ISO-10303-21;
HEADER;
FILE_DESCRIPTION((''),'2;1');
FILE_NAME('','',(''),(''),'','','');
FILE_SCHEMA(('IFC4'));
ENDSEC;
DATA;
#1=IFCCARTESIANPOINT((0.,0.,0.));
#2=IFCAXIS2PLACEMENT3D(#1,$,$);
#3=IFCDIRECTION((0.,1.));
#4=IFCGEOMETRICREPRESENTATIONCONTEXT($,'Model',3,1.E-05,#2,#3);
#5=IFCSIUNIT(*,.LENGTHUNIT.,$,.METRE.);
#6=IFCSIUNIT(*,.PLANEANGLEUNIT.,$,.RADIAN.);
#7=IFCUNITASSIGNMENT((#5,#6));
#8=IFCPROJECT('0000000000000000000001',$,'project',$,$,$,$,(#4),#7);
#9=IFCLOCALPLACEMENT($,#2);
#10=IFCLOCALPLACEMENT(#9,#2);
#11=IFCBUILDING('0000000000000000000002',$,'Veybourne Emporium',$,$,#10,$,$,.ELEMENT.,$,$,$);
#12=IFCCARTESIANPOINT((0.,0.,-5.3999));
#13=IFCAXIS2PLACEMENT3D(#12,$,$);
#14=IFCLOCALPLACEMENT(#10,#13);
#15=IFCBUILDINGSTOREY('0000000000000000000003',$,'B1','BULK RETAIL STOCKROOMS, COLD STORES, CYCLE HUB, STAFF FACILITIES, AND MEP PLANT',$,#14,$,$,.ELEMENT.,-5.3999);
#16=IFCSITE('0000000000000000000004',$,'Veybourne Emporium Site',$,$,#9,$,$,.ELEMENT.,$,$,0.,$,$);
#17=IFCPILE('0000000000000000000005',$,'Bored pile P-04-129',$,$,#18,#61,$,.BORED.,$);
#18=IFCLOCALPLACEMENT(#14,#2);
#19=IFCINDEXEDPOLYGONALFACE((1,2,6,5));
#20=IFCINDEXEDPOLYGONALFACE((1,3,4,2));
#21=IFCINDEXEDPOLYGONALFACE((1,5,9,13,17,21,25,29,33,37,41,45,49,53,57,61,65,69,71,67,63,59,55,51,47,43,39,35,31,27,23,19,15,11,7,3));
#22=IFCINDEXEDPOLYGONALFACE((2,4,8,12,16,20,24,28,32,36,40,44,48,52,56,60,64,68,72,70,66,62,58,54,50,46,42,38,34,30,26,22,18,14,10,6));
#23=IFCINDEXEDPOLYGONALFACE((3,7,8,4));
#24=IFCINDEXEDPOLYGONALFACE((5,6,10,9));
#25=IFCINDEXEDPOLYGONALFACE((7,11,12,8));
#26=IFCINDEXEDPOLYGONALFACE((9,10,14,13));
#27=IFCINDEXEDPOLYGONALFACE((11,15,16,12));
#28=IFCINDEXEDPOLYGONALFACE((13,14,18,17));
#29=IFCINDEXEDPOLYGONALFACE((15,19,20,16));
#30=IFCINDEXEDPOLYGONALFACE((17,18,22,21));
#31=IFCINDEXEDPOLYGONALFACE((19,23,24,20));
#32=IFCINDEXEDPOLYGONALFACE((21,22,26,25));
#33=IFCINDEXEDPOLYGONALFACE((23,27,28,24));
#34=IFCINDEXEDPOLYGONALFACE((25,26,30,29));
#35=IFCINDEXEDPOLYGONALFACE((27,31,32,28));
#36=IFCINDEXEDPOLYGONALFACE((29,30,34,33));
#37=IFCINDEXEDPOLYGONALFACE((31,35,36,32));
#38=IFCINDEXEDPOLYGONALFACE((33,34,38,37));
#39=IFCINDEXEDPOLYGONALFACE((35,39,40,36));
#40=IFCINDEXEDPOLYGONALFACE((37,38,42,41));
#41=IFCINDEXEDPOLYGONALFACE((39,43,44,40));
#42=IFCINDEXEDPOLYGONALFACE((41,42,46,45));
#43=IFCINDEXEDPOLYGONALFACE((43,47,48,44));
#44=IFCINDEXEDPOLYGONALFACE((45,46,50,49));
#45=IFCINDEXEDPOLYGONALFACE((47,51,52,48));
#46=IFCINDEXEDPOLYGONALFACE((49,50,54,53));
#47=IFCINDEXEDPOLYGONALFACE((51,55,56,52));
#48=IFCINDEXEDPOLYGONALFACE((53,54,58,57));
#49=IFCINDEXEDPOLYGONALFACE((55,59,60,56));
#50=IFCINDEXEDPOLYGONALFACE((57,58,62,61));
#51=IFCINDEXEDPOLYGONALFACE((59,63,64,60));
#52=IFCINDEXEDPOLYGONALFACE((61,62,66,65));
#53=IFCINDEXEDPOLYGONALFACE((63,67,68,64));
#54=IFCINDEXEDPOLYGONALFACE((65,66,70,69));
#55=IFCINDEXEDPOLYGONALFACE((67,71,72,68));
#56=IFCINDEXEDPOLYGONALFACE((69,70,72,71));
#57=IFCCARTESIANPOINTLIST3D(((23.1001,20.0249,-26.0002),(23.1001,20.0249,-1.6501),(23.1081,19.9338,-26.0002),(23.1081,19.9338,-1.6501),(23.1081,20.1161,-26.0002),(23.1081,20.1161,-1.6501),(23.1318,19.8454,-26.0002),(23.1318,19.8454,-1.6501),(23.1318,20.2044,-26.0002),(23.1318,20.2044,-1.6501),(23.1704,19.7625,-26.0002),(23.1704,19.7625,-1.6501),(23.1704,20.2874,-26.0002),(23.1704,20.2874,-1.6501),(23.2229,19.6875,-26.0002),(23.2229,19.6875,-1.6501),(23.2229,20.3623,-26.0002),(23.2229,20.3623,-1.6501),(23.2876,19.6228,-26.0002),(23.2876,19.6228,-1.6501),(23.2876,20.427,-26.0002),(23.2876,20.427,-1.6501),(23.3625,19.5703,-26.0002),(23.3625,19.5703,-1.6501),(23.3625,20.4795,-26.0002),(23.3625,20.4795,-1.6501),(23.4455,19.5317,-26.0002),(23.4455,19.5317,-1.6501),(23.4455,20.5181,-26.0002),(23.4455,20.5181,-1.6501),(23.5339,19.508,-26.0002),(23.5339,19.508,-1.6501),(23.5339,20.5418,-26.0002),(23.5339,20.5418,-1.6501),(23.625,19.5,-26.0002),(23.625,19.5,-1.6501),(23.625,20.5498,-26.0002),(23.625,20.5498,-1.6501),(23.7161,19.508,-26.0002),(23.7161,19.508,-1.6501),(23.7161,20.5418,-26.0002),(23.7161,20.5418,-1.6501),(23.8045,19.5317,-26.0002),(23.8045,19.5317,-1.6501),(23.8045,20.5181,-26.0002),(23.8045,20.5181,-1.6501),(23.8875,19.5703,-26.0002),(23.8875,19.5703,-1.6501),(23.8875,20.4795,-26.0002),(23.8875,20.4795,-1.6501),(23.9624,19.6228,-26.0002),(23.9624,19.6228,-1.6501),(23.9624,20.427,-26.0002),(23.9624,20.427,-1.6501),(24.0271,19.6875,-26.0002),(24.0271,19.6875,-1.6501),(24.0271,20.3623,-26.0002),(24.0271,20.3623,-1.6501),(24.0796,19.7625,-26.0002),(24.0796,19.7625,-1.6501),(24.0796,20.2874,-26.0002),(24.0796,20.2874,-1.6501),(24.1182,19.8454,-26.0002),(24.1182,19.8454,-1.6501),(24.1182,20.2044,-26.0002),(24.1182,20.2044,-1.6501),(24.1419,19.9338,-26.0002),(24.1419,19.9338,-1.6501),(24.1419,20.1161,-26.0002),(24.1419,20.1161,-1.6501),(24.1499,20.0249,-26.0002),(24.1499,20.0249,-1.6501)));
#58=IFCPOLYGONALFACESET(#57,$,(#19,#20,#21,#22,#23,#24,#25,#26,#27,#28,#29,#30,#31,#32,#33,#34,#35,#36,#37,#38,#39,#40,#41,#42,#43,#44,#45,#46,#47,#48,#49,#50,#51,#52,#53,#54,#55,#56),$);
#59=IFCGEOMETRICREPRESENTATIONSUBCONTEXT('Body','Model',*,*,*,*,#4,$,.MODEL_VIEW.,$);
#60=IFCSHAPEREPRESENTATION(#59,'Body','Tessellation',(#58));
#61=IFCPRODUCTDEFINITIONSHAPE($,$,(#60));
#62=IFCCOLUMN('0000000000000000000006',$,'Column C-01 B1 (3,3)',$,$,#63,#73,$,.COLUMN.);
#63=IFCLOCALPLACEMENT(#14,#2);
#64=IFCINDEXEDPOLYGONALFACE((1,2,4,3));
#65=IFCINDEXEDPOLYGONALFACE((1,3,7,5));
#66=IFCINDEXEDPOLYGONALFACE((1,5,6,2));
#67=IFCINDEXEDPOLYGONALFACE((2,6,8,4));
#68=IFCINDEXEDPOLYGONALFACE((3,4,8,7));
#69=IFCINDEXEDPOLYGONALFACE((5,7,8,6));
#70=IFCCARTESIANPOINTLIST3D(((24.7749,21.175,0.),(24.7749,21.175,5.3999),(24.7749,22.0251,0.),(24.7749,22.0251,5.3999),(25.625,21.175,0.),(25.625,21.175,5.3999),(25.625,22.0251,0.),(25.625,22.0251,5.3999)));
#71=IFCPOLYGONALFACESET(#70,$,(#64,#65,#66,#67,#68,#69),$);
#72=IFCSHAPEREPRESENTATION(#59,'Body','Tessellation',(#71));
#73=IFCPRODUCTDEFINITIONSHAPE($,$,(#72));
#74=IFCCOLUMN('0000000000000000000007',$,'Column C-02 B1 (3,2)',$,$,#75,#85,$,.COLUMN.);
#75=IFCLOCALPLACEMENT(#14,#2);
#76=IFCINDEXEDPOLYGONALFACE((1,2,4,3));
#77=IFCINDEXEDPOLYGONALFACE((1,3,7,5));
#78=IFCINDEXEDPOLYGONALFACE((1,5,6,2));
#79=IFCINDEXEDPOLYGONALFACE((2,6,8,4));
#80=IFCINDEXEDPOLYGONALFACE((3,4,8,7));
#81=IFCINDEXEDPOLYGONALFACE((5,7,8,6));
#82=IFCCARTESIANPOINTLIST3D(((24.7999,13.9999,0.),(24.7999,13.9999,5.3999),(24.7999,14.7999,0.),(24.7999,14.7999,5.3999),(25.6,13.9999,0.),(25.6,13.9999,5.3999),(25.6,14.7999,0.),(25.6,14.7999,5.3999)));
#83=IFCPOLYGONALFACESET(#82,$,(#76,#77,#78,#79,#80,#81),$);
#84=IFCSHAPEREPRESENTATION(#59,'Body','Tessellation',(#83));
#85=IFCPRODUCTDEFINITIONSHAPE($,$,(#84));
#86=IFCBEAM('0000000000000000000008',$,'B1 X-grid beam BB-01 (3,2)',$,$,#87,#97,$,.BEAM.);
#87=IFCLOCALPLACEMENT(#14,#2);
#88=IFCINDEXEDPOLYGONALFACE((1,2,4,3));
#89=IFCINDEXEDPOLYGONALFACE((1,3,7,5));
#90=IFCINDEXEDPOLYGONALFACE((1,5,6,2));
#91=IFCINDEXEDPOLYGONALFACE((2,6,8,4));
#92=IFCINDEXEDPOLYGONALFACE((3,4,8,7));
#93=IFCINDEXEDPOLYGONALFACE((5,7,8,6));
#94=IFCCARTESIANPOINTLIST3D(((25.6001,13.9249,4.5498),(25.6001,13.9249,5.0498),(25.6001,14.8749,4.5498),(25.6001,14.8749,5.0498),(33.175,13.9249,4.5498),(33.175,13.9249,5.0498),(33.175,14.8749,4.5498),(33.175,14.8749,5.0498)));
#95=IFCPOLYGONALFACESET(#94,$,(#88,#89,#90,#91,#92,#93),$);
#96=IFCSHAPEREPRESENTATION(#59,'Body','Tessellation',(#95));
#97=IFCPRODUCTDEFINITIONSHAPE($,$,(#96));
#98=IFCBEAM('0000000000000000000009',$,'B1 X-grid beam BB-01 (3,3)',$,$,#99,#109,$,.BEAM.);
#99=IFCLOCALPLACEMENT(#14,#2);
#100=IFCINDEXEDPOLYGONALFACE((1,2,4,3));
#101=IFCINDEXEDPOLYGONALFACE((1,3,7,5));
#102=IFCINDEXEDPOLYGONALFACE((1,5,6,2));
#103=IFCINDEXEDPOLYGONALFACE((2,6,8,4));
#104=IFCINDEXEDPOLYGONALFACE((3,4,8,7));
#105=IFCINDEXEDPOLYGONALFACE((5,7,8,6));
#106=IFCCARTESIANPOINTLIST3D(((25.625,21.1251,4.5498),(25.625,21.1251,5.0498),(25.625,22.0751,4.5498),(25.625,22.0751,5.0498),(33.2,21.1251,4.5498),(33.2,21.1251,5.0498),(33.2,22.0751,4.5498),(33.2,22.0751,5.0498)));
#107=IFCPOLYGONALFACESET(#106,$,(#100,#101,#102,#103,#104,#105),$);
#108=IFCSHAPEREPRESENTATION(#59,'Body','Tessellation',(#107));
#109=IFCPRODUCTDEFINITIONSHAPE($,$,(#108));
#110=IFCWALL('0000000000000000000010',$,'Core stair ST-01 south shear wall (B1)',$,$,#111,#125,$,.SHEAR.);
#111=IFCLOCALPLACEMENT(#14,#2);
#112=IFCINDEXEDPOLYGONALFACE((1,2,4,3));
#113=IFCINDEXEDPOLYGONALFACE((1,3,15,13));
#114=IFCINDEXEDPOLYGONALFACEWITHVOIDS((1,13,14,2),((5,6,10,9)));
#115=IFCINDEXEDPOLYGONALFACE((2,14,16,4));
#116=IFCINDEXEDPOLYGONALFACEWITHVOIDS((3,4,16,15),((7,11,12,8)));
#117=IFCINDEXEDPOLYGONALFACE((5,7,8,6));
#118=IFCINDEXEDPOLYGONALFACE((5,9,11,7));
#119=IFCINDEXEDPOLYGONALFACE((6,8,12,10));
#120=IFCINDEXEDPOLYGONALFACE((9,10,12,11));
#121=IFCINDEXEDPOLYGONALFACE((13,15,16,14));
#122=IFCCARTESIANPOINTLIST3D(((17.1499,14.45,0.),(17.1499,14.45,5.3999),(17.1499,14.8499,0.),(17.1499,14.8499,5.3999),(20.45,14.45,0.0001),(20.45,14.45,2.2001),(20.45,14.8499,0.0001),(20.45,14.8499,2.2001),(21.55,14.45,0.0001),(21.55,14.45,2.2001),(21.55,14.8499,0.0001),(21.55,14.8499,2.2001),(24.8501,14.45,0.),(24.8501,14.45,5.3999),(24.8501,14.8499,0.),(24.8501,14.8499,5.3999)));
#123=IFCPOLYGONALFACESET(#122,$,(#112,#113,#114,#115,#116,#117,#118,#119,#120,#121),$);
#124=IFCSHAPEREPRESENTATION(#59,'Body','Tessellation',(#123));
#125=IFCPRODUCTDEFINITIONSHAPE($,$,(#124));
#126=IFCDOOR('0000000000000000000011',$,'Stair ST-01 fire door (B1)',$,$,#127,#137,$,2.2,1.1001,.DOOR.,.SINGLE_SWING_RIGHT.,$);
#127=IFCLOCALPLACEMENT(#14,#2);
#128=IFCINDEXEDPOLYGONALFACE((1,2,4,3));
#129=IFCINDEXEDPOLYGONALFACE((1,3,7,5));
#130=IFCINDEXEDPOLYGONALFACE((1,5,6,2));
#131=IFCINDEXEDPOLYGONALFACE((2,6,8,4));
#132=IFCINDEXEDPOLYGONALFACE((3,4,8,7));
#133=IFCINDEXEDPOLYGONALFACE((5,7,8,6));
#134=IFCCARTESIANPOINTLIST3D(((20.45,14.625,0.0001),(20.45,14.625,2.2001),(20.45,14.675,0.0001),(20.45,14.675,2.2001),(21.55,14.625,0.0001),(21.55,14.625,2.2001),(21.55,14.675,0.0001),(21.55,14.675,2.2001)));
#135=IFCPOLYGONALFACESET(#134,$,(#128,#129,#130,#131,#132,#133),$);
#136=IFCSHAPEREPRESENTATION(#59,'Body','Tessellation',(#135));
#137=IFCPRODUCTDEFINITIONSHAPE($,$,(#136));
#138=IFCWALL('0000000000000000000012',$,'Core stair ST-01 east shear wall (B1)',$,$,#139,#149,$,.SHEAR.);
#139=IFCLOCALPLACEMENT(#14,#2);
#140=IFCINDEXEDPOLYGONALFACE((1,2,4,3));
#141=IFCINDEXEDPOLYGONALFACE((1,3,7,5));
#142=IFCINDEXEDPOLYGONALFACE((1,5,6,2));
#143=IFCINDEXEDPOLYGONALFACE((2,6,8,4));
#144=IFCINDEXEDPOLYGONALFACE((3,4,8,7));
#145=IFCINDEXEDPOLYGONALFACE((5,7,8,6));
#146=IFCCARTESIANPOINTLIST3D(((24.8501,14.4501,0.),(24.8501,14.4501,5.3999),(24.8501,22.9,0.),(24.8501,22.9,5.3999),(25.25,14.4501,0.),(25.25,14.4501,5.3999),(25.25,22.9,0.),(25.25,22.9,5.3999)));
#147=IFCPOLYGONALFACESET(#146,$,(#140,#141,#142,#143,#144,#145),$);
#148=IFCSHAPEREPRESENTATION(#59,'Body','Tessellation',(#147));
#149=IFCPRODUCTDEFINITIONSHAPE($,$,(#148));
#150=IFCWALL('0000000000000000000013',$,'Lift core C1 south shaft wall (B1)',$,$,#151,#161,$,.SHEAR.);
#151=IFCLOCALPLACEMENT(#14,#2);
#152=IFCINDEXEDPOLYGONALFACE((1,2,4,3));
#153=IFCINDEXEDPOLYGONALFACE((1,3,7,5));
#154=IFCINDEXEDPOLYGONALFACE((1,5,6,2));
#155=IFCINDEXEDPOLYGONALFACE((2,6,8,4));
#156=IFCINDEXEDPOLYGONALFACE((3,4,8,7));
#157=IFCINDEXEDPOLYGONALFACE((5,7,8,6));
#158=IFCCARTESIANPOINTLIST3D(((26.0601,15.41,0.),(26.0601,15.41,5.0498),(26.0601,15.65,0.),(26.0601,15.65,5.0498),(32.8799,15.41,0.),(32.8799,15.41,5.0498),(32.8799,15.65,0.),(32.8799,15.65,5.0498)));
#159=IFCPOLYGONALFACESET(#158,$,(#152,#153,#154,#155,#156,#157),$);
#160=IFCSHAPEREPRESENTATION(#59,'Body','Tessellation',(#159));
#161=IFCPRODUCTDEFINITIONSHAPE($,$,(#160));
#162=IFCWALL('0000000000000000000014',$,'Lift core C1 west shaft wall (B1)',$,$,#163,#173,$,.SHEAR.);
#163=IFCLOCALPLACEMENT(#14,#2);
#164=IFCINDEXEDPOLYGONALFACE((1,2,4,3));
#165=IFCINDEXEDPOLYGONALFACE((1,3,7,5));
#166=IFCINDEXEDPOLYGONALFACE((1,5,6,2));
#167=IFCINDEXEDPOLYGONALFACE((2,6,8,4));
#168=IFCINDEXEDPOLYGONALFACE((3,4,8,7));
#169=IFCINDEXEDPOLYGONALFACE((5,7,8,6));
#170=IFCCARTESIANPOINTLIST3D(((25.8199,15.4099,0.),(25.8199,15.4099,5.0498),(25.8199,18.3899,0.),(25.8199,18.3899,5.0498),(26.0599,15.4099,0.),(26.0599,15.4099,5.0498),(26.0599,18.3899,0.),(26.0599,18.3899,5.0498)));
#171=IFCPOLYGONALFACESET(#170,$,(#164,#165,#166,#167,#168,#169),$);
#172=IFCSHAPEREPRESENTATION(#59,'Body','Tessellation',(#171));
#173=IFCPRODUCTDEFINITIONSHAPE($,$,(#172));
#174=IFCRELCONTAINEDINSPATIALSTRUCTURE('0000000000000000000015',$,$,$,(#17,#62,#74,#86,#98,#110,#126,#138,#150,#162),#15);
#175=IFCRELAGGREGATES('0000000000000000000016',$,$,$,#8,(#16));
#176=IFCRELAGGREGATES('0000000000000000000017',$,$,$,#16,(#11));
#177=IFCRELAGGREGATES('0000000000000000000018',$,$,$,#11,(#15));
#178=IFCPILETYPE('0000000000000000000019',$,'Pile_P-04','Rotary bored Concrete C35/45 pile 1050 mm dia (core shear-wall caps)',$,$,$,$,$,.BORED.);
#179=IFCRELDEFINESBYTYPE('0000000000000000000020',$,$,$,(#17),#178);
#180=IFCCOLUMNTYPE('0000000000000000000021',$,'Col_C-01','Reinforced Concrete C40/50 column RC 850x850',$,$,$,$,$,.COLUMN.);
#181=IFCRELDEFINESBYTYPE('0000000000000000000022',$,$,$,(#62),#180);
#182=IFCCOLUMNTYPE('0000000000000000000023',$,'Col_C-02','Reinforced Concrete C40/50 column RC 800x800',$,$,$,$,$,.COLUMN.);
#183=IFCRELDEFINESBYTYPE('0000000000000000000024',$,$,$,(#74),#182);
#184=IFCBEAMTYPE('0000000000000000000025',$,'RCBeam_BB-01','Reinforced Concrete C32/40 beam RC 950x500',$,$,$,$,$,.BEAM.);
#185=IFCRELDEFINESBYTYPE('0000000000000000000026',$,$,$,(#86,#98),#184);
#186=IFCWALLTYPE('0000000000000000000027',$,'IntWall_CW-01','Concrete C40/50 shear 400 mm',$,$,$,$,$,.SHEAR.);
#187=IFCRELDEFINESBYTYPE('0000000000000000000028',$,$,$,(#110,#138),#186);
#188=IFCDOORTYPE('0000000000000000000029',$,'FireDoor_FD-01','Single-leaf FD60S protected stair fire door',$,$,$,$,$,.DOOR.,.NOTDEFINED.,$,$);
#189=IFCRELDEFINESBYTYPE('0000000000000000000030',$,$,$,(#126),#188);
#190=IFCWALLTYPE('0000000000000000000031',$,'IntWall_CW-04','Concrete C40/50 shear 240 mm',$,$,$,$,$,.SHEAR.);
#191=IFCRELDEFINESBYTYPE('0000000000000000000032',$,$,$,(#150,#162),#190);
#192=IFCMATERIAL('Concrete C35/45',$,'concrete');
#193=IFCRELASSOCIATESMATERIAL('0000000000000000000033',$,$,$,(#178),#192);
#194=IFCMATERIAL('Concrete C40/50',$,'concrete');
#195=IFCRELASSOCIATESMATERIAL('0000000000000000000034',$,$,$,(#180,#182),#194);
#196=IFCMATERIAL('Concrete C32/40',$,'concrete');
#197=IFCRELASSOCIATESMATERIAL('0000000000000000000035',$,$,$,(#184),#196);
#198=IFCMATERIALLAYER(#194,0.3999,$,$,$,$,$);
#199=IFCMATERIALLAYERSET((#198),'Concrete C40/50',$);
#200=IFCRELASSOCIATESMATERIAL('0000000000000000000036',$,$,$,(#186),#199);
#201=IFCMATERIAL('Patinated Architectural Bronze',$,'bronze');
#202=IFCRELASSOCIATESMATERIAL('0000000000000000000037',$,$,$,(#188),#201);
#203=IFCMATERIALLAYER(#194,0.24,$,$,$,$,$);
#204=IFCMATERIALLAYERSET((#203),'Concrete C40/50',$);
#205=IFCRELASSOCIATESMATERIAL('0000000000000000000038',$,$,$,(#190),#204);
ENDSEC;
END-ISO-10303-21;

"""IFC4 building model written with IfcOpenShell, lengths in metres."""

from ifc_helpers import new_model, si_unit, direction, frame, frame_2d, origin, origin_2d, place, context, subcontext, project, spatial, rectangle, circle, extrude, material, layer, layer_set, material_profile, profile_set, type_object, element, fill, save


model = new_model("IFC4")

# Units and contexts
model_context = context("Model", 3, precision=1e-05, world=origin(), true_north=direction((0.0, 1.0)))
body_context = subcontext(model_context, "Body", "Model", "MODEL_VIEW")
ifc_project = project(units=[si_unit("LENGTHUNIT", "METRE"), si_unit("PLANEANGLEUNIT", "RADIAN")], contexts=[model_context])

# Site, building, storey
site_placement = place(None, origin())
site = spatial("IfcSite", under=ifc_project, at=site_placement, Name="Veybourne Emporium Site", CompositionType="ELEMENT", RefElevation=0.0)
building_placement = place(site_placement, origin())
building = spatial("IfcBuilding", under=site, at=building_placement, Name="Veybourne Emporium", CompositionType="ELEMENT")
storey_placement = place(building_placement, frame((0.0, 0.0, -5.3999)))
storey = spatial("IfcBuildingStorey", under=building, at=storey_placement, Name="B1", Description="BULK RETAIL STOCKROOMS, COLD STORES, CYCLE HUB, STAFF FACILITIES, AND MEP PLANT", CompositionType="ELEMENT", Elevation=-5.3999)

# Shared definitions
ifc_material_1 = material(Name="Concrete C35/45", Category="concrete")

# Pile
ifc_material_profile_1 = material_profile(ifc_material_1, circle(Radius=0.5249, at=origin_2d()), Name="BORED PILE 1050")
ifc_profile_set_1 = profile_set([ifc_material_profile_1], Name="Concrete C35/45")
pile_type = type_object("IfcPileType", Name="Pile_P-04", Description="Rotary bored Concrete C35/45 pile 1050 mm dia (core shear-wall caps)", PredefinedType="BORED", material=ifc_profile_set_1)
for number, where, z_axis, x_axis, name in (
    (1, (23.625, 20.0249, -1.6501), (0.0, 0.0, -1.0), (1.0, 0.0, 0.0), "Bored pile P-04-129"),
):
    element("IfcPile", number, at=place(storey_placement, frame(where, z_axis=z_axis, x_axis=x_axis)), inside=storey, type_object=pile_type, Name=name, PredefinedType="BORED", context=body_context, shape_type="SweptSolid", body=[
        extrude(circle(Radius=0.5249, at=origin_2d()), origin(), (0.0, 0.0, 1.0), 24.3501),
    ])

# Columns
ifc_material_2 = material(Name="Concrete C40/50", Category="concrete")
ifc_material_profile_2 = material_profile(ifc_material_2, rectangle(XDim=0.8501, YDim=0.8501, at=origin_2d()), Name="RC 850x850")
ifc_profile_set_2 = profile_set([ifc_material_profile_2], Name="Concrete C40/50")
column_type_1 = type_object("IfcColumnType", Name="Col_C-01", Description="Reinforced Concrete C40/50 column RC 850x850", PredefinedType="COLUMN", material=ifc_profile_set_2)
column_1_placement = place(storey_placement, frame((25.2, 21.6001, 0.0), z_axis=(0.0, 0.0, 1.0), x_axis=(1.0, 0.0, 0.0)))
element("IfcColumn", 2, at=column_1_placement, inside=storey, type_object=column_type_1, Name="Column C-01 B1 (3,3)", PredefinedType="COLUMN", context=body_context, shape_type="SweptSolid", body=[
    extrude(rectangle(XDim=0.8501, YDim=0.8501, at=origin_2d()), origin(), (0.0, 0.0, 1.0), 5.3999),
])
ifc_material_profile_3 = material_profile(ifc_material_2, rectangle(XDim=0.8, YDim=0.8, at=origin_2d()), Name="RC 800x800")
ifc_profile_set_3 = profile_set([ifc_material_profile_3], Name="Concrete C40/50")
column_type_2 = type_object("IfcColumnType", Name="Col_C-02", Description="Reinforced Concrete C40/50 column RC 800x800", PredefinedType="COLUMN", material=ifc_profile_set_3)
column_2_placement = place(storey_placement, frame((25.2, 14.3999, 0.0), z_axis=(0.0, 0.0, 1.0), x_axis=(1.0, 0.0, 0.0)))
element("IfcColumn", 3, at=column_2_placement, inside=storey, type_object=column_type_2, Name="Column C-02 B1 (3,2)", PredefinedType="COLUMN", context=body_context, shape_type="SweptSolid", body=[
    extrude(rectangle(XDim=0.8, YDim=0.8, at=origin_2d()), origin(), (0.0, 0.0, 1.0), 5.3999),
])

# Beams
ifc_material_3 = material(Name="Concrete C32/40", Category="concrete")
ifc_material_profile_4 = material_profile(ifc_material_3, rectangle(XDim=0.95, YDim=0.5, at=origin_2d()), Name="RC 950x500")
ifc_profile_set_4 = profile_set([ifc_material_profile_4], Name="Concrete C32/40")
beam_type = type_object("IfcBeamType", Name="RCBeam_BB-01", Description="Reinforced Concrete C32/40 beam RC 950x500", PredefinedType="BEAM", material=ifc_profile_set_4)
for number, where, z_axis, x_axis, name in (
    (4, (25.6001, 14.3999, 4.7998), (1.0, 0.0, 0.0), (0.0, 1.0, 0.0), "B1 X-grid beam BB-01 (3,2)"),
    (5, (25.625, 21.6001, 4.7998), (1.0, 0.0, 0.0), (0.0, 1.0, 0.0), "B1 X-grid beam BB-01 (3,3)"),
):
    element("IfcBeam", number, at=place(storey_placement, frame(where, z_axis=z_axis, x_axis=x_axis)), inside=storey, type_object=beam_type, Name=name, PredefinedType="BEAM", context=body_context, shape_type="SweptSolid", body=[
        extrude(rectangle(XDim=0.95, YDim=0.5, at=origin_2d()), origin(), (0.0, 0.0, 1.0), 7.575),
    ])

# Wall, opening, door
ifc_layer_1 = layer(ifc_material_2, 0.3999)
ifc_layer_set_1 = layer_set([ifc_layer_1], Name="Concrete C40/50")
wall_type_1 = type_object("IfcWallType", Name="IntWall_CW-01", Description="Concrete C40/50 shear 400 mm", PredefinedType="SHEAR", material=ifc_layer_set_1)
wall_1_placement = place(storey_placement, frame((24.8501, 14.6499, 0.0), z_axis=(0.0, 0.0, 1.0), x_axis=(-1.0, 0.0, 0.0)))
wall_1 = element("IfcWall", 6, at=wall_1_placement, inside=storey, type_object=wall_type_1, Name="Core stair ST-01 south shear wall (B1)", PredefinedType="SHEAR", context=body_context, shape_type="SweptSolid", body=[
    extrude(rectangle(XDim=7.7002, YDim=0.3999, at=frame_2d((3.8501, 0.0))), origin(), (0.0, 0.0, 1.0), 5.3999),
])
opening_1_placement = place(wall_1_placement, frame((3.3, 0.0, 0.0)))
opening_1 = element("IfcOpeningElement", 7, at=opening_1_placement, cuts=wall_1, PredefinedType="OPENING", context=body_context, shape_type="SweptSolid", body=[
    extrude(rectangle(XDim=1.1001, YDim=2.2, at=frame_2d((0.55, 1.1001))), frame((0.0, 0.22, 0.0), z_axis=(0.0, -1.0, 0.0), x_axis=(1.0, 0.0, 0.0)), (0.0, 0.0, 1.0), 0.4399),
])
ifc_material_4 = material(Name="Patinated Architectural Bronze", Category="bronze")
door_type_1 = type_object("IfcDoorType", Name="FireDoor_FD-01", Description="Single-leaf FD60S protected stair fire door", OperationType="NOTDEFINED", PredefinedType="DOOR", material=ifc_material_4)
door_1_placement = place(opening_1_placement, origin())
door_1 = element("IfcDoor", 8, at=door_1_placement, inside=storey, type_object=door_type_1, Name="Stair ST-01 fire door (B1)", OperationType="SINGLE_SWING_RIGHT", OverallHeight=2.2, OverallWidth=1.1001, PredefinedType="DOOR", context=body_context, shape_type="SweptSolid", body=[
    extrude(rectangle(XDim=1.1001, YDim=2.2, at=frame_2d((0.55, 1.1001))), frame((0.0, 0.0249, 0.0), z_axis=(0.0, -1.0, 0.0), x_axis=(1.0, 0.0, 0.0)), (0.0, 0.0, 1.0), 0.05),
])
fill(opening_1, door_1)

# Walls
wall_2_placement = place(storey_placement, frame((25.05, 14.45, 0.0), z_axis=(0.0, 0.0, 1.0), x_axis=(0.0, 1.0, 0.0)))
element("IfcWall", 9, at=wall_2_placement, inside=storey, type_object=wall_type_1, Name="Core stair ST-01 east shear wall (B1)", PredefinedType="SHEAR", context=body_context, shape_type="SweptSolid", body=[
    extrude(rectangle(XDim=8.45, YDim=0.3999, at=frame_2d((4.2251, 0.0))), origin(), (0.0, 0.0, 1.0), 5.3999),
])
ifc_layer_2 = layer(ifc_material_2, 0.24)
ifc_layer_set_2 = layer_set([ifc_layer_2], Name="Concrete C40/50")
wall_type_2 = type_object("IfcWallType", Name="IntWall_CW-04", Description="Concrete C40/50 shear 240 mm", PredefinedType="SHEAR", material=ifc_layer_set_2)
wall_3_placement = place(storey_placement, frame((26.0601, 15.53, 0.0), z_axis=(0.0, 0.0, 1.0), x_axis=(1.0, 0.0, 0.0)))
element("IfcWall", 10, at=wall_3_placement, inside=storey, type_object=wall_type_2, Name="Lift core C1 south shaft wall (B1)", PredefinedType="SHEAR", context=body_context, shape_type="SweptSolid", body=[
    extrude(rectangle(XDim=6.8198, YDim=0.24, at=frame_2d((3.4099, 0.0))), origin(), (0.0, 0.0, 1.0), 5.0498),
])
wall_4_placement = place(storey_placement, frame((25.9399, 18.3899, 0.0), z_axis=(0.0, 0.0, 1.0), x_axis=(0.0, -1.0, 0.0)))
element("IfcWall", 11, at=wall_4_placement, inside=storey, type_object=wall_type_2, Name="Lift core C1 west shaft wall (B1)", PredefinedType="SHEAR", context=body_context, shape_type="SweptSolid", body=[
    extrude(rectangle(XDim=2.98, YDim=0.24, at=frame_2d((1.49, 0.0))), origin(), (0.0, 0.0, 1.0), 5.0498),
])

save(model, "model.ifc")
